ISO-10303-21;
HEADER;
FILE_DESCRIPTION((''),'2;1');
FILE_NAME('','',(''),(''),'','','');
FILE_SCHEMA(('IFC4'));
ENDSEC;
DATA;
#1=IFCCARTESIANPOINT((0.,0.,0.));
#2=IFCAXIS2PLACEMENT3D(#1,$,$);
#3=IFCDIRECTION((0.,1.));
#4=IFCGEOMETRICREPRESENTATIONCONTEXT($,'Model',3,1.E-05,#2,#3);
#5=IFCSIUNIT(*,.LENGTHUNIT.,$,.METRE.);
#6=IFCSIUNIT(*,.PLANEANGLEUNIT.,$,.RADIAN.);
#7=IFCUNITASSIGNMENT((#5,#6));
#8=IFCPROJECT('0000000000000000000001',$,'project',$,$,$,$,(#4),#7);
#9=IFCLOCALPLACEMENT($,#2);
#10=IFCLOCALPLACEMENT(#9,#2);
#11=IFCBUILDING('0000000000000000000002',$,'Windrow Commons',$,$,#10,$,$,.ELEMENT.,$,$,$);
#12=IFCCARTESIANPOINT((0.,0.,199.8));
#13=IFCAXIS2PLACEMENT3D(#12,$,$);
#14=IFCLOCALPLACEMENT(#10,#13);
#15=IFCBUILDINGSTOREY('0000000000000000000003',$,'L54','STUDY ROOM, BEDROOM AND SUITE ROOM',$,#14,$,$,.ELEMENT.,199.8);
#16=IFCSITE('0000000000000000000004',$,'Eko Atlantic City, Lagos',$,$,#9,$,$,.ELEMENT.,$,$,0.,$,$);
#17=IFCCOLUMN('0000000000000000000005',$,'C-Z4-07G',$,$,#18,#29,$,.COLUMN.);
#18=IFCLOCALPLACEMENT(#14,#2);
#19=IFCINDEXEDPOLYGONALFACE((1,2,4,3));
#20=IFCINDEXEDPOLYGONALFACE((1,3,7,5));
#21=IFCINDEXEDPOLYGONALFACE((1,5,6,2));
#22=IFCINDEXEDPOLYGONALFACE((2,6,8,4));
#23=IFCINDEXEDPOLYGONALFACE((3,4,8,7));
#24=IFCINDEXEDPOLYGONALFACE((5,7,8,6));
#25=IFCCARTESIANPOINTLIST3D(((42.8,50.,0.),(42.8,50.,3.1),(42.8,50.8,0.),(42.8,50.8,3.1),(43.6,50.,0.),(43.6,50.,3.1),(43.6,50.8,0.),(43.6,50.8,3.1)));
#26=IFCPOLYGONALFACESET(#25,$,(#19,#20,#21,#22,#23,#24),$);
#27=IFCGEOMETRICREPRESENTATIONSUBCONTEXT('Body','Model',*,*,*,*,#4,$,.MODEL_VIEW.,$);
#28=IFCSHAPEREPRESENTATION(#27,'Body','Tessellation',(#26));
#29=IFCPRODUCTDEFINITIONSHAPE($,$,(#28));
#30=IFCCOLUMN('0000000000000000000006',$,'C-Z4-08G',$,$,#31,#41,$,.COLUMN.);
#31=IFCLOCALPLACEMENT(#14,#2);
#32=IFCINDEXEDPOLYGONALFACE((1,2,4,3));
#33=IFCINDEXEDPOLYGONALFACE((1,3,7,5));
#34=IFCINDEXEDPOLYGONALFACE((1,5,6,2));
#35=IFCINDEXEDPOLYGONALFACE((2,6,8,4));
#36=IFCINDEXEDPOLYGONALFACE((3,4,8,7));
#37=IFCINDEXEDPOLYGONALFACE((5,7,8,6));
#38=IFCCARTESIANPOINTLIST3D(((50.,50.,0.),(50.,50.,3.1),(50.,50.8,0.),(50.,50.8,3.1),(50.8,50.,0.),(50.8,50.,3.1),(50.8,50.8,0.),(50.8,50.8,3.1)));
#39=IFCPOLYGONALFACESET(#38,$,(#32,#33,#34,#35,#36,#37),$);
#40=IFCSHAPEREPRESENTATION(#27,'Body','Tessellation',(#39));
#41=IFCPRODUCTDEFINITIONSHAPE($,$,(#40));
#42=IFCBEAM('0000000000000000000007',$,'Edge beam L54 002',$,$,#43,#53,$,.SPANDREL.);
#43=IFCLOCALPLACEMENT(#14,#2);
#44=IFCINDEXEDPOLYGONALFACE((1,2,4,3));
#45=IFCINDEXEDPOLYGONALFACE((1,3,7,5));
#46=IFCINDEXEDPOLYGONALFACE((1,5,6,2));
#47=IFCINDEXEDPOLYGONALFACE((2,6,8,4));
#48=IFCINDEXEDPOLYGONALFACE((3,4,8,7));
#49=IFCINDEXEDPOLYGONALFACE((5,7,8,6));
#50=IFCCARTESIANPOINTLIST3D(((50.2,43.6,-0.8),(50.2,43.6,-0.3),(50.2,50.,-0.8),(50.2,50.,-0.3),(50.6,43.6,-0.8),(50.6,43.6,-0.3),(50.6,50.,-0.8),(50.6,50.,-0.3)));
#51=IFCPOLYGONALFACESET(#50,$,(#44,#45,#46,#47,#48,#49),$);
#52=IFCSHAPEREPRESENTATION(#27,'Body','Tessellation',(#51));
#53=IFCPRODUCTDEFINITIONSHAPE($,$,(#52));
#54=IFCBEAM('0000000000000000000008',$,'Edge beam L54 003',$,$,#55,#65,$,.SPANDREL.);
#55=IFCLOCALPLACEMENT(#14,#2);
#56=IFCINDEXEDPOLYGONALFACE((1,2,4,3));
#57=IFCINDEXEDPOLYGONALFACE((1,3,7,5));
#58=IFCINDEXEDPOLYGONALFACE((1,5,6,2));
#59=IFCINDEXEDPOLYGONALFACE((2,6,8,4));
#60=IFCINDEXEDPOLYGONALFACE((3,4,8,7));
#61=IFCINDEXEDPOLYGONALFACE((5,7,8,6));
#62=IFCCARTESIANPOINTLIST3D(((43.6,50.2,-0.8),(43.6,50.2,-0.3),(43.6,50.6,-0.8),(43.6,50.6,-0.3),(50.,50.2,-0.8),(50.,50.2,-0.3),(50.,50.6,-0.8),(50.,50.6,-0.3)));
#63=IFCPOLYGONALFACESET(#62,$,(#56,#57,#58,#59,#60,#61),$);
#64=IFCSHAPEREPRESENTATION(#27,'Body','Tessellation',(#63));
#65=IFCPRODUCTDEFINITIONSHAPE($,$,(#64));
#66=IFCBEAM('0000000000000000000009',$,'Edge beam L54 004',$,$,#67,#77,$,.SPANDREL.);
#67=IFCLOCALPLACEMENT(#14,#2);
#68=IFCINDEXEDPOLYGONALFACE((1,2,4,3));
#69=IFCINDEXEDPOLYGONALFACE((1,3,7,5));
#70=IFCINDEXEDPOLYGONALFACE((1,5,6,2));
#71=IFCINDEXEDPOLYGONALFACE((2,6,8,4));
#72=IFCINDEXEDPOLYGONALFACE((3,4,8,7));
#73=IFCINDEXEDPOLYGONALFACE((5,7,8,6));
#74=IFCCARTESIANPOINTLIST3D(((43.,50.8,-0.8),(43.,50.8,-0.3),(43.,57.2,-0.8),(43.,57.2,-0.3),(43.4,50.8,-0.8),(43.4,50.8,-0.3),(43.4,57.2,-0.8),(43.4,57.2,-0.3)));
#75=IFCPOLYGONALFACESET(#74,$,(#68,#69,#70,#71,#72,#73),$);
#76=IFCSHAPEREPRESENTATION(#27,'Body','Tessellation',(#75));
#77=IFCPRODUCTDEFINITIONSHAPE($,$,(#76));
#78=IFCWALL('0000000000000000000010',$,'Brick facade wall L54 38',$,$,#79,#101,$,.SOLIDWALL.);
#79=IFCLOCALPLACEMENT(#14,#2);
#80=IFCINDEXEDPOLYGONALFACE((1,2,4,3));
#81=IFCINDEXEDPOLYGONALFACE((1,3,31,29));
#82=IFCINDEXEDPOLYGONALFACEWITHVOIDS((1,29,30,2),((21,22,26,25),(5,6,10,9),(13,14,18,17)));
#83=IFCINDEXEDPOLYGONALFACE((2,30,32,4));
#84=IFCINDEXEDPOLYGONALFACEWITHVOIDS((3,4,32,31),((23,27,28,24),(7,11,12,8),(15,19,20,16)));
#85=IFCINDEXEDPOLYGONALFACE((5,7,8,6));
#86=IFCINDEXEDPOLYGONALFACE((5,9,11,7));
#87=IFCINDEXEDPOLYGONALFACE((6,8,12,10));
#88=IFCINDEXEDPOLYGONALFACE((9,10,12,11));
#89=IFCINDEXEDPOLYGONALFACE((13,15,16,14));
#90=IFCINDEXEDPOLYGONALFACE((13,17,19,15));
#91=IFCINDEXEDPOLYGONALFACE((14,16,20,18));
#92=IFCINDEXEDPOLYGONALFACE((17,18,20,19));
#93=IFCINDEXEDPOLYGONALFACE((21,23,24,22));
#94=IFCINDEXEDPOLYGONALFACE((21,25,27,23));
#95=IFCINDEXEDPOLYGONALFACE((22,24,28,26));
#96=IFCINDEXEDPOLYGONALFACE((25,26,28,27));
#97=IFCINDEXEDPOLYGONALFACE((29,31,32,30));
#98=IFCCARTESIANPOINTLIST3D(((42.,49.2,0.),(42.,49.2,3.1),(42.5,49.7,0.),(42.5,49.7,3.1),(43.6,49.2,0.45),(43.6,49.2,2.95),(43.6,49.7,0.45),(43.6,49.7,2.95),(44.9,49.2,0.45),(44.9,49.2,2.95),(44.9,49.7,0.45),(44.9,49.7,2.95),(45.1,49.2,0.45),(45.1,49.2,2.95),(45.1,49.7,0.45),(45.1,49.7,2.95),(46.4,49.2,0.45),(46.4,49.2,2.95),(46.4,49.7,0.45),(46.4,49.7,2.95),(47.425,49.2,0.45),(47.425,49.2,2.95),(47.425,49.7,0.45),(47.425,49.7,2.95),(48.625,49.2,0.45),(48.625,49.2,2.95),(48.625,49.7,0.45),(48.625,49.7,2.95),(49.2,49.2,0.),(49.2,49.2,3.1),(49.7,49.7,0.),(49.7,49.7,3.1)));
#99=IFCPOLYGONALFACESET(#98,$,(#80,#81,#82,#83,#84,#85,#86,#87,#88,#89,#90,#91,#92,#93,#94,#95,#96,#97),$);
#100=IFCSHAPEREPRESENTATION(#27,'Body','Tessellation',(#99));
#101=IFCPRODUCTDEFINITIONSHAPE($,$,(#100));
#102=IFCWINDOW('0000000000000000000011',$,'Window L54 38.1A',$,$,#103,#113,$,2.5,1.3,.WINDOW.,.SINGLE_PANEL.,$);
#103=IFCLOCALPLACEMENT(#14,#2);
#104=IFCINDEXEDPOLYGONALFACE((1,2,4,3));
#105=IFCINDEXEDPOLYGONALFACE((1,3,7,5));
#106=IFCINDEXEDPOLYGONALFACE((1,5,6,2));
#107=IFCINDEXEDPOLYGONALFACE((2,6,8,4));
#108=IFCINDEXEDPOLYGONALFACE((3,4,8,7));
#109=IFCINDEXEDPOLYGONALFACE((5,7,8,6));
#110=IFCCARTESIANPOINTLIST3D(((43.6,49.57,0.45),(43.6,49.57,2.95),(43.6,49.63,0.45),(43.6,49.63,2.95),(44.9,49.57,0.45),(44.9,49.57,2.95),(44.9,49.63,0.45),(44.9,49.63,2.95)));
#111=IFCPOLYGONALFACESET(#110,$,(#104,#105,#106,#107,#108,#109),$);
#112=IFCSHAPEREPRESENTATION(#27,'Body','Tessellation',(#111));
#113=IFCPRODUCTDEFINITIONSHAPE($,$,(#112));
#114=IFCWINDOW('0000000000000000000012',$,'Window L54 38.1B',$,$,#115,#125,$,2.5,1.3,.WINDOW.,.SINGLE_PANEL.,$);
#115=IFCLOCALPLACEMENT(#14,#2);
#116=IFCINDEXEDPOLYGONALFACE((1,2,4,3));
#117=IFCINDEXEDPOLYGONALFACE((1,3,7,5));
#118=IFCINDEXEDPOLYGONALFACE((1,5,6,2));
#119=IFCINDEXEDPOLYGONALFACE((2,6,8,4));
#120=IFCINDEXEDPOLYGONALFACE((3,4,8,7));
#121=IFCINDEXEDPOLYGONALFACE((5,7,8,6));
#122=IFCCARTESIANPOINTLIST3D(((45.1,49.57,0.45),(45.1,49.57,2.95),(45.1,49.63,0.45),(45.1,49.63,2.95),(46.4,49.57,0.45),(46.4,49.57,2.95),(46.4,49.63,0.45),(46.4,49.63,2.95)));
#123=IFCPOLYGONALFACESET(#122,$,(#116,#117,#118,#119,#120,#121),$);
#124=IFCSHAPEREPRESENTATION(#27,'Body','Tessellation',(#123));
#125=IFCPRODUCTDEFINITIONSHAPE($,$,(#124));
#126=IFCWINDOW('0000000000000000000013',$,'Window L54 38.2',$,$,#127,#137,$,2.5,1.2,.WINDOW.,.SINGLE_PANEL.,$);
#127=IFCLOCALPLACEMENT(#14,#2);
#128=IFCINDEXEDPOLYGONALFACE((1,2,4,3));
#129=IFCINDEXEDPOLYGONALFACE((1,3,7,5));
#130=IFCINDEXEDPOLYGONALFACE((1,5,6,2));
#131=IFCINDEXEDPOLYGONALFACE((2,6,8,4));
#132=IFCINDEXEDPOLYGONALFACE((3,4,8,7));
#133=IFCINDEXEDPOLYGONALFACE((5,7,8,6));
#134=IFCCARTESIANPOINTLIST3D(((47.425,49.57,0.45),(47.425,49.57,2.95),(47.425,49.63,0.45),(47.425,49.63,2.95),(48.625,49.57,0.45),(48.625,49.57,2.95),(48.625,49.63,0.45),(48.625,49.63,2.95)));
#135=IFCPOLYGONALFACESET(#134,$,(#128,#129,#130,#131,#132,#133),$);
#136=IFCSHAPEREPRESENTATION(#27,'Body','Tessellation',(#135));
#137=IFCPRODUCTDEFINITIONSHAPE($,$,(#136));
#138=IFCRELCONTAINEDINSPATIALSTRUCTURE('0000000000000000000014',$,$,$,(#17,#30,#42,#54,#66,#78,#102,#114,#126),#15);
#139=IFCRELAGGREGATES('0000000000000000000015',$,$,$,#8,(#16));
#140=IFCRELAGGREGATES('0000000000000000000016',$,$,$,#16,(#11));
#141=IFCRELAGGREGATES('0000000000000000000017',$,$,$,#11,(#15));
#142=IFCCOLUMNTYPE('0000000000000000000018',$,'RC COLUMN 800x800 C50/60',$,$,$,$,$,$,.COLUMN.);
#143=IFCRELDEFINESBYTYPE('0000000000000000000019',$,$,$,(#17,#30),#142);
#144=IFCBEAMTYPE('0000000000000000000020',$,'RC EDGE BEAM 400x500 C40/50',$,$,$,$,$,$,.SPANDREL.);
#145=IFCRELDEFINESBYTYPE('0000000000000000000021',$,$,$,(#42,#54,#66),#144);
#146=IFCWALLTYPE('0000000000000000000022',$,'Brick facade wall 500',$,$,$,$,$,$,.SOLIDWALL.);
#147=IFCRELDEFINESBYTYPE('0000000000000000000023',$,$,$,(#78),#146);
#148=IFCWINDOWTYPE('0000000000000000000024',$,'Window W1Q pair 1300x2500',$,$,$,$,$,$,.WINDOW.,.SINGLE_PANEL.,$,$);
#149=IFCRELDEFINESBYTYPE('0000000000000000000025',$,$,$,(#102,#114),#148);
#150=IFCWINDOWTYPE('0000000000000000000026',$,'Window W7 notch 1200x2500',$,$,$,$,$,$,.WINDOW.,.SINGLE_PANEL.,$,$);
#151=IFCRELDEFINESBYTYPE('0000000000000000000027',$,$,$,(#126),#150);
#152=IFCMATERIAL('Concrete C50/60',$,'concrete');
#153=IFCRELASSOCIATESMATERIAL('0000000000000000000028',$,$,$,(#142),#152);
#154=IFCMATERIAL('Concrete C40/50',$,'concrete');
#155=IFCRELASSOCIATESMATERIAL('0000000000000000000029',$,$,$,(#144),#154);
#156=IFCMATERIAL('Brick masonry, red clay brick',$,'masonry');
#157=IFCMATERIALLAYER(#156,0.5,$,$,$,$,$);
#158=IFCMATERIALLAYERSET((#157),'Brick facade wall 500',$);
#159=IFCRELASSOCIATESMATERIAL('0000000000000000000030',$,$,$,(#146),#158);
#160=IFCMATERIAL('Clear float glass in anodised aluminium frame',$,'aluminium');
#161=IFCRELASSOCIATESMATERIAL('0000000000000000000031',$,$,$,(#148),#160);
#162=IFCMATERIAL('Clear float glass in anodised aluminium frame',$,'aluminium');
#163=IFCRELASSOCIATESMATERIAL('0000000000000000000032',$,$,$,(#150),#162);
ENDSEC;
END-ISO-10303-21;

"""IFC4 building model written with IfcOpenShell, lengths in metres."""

from ifc_helpers import new_model, si_unit, direction, frame, frame_2d, origin, origin_2d, place, context, subcontext, project, spatial, polyline, rectangle, outline, extrude, material, layer, layer_set, material_profile, profile_set, type_object, element, fill, save


model = new_model("IFC4")

# Units and contexts
model_context = context("Model", 3, precision=1e-05, world=origin(), true_north=direction((0.0, 1.0)))
body_context = subcontext(model_context, "Body", "Model", "MODEL_VIEW")
ifc_project = project(units=[si_unit("LENGTHUNIT", "METRE"), si_unit("PLANEANGLEUNIT", "RADIAN")], contexts=[model_context])

# Site, building, storey
site_placement = place(None, origin())
site = spatial("IfcSite", under=ifc_project, at=site_placement, Name="Eko Atlantic City, Lagos", CompositionType="ELEMENT", RefElevation=0.0)
building_placement = place(site_placement, origin())
building = spatial("IfcBuilding", under=site, at=building_placement, Name="Windrow Commons", CompositionType="ELEMENT")
storey_placement = place(building_placement, frame((0.0, 0.0, 199.8)))
storey = spatial("IfcBuildingStorey", under=building, at=storey_placement, Name="L54", Description="STUDY ROOM, BEDROOM AND SUITE ROOM", CompositionType="ELEMENT", Elevation=199.8)

# Columns
ifc_material_1 = material(Name="Concrete C50/60", Category="concrete")
ifc_material_profile_1 = material_profile(ifc_material_1, rectangle(XDim=0.8, YDim=0.8, at=origin_2d()))
ifc_profile_set_1 = profile_set([ifc_material_profile_1], Name="Concrete C50/60")
column_type = type_object("IfcColumnType", Name="RC COLUMN 800x800 C50/60", PredefinedType="COLUMN", material=ifc_profile_set_1)
for number, where, z_axis, x_axis, name in (
    (1, (43.2, 50.4, 0.0), (0.0, 0.0, 1.0), (1.0, 0.0, 0.0), "C-Z4-07G"),
    (2, (50.4, 50.4, 0.0), (0.0, 0.0, 1.0), (1.0, 0.0, 0.0), "C-Z4-08G"),
):
    element("IfcColumn", number, at=place(storey_placement, frame(where, z_axis=z_axis, x_axis=x_axis)), inside=storey, type_object=column_type, Name=name, PredefinedType="COLUMN", context=body_context, shape_type="SweptSolid", body=[
        extrude(rectangle(XDim=0.8, YDim=0.8, at=origin_2d()), origin(), (0.0, 0.0, 1.0), 3.1),
    ])

# Beams
ifc_material_2 = material(Name="Concrete C40/50", Category="concrete")
ifc_material_profile_2 = material_profile(ifc_material_2, rectangle(XDim=0.4, YDim=0.5, at=origin_2d()))
ifc_profile_set_2 = profile_set([ifc_material_profile_2], Name="Concrete C40/50")
beam_type = type_object("IfcBeamType", Name="RC EDGE BEAM 400x500 C40/50", PredefinedType="SPANDREL", material=ifc_profile_set_2)
for number, where, z_axis, x_axis, name in (
    (3, (50.4, 43.6, -0.55), (0.0, 1.0, 0.0), (-1.0, 0.0, 0.0), "Edge beam L54 002"),
    (4, (50.0, 50.4, -0.55), (-1.0, 0.0, 0.0), (0.0, -1.0, 0.0), "Edge beam L54 003"),
    (5, (43.2, 50.8, -0.55), (0.0, 1.0, 0.0), (-1.0, 0.0, 0.0), "Edge beam L54 004"),
):
    element("IfcBeam", number, at=place(storey_placement, frame(where, z_axis=z_axis, x_axis=x_axis)), inside=storey, type_object=beam_type, Name=name, PredefinedType="SPANDREL", context=body_context, shape_type="SweptSolid", body=[
        extrude(rectangle(XDim=0.4, YDim=0.5, at=origin_2d()), origin(), (0.0, 0.0, 1.0), 6.4),
    ])

# Wall, openings, windows
ifc_material_3 = material(Name="Brick masonry, red clay brick", Category="masonry")
ifc_layer_1 = layer(ifc_material_3, 0.5)
ifc_layer_set_1 = layer_set([ifc_layer_1], Name="Brick facade wall 500")
wall_type_1 = type_object("IfcWallType", Name="Brick facade wall 500", PredefinedType="SOLIDWALL", material=ifc_layer_set_1)
wall_1_placement = place(storey_placement, frame((42.25, 49.45, 0.0), z_axis=(0.0, 0.0, 1.0), x_axis=(1.0, 0.0, 0.0)))
wall_1 = element("IfcWall", 6, at=wall_1_placement, inside=storey, type_object=wall_type_1, Name="Brick facade wall L54 38", PredefinedType="SOLIDWALL", context=body_context, shape_type="SweptSolid", body=[
    extrude(outline(polyline([(-0.25, -0.25), (6.95, -0.25), (7.45, 0.25), (0.25, 0.25), (-0.25, -0.25)])), origin(), (0.0, 0.0, 1.0), 3.1),
])
opening_1_placement = place(wall_1_placement, frame((1.35, 0.0, 0.45)))
opening_1 = element("IfcOpeningElement", 7, at=opening_1_placement, cuts=wall_1, PredefinedType="OPENING", context=body_context, shape_type="SweptSolid", body=[
    extrude(rectangle(XDim=1.3, YDim=2.5, at=frame_2d((0.65, 1.25))), frame((0.0, 0.26, 0.0), z_axis=(0.0, -1.0, 0.0), x_axis=(1.0, 0.0, 0.0)), (0.0, 0.0, 1.0), 0.52),
])
opening_2_placement = place(wall_1_placement, frame((2.85, 0.0, 0.45)))
opening_2 = element("IfcOpeningElement", 8, at=opening_2_placement, cuts=wall_1, PredefinedType="OPENING", context=body_context, shape_type="SweptSolid", body=[
    extrude(rectangle(XDim=1.3, YDim=2.5, at=frame_2d((0.65, 1.25))), frame((0.0, 0.26, 0.0), z_axis=(0.0, -1.0, 0.0), x_axis=(1.0, 0.0, 0.0)), (0.0, 0.0, 1.0), 0.52),
])
opening_3_placement = place(wall_1_placement, frame((5.175, 0.0, 0.45)))
opening_3 = element("IfcOpeningElement", 9, at=opening_3_placement, cuts=wall_1, PredefinedType="OPENING", context=body_context, shape_type="SweptSolid", body=[
    extrude(rectangle(XDim=1.2, YDim=2.5, at=frame_2d((0.6, 1.25))), frame((0.0, 0.26, 0.0), z_axis=(0.0, -1.0, 0.0), x_axis=(1.0, 0.0, 0.0)), (0.0, 0.0, 1.0), 0.52),
])
ifc_material_4 = material(Name="Clear float glass in anodised aluminium frame", Category="aluminium")
window_type_1 = type_object("IfcWindowType", Name="Window W1Q pair 1300x2500", PartitioningType="SINGLE_PANEL", PredefinedType="WINDOW", material=ifc_material_4)
window_1_placement = place(opening_1_placement, origin())
window_1 = element("IfcWindow", 10, at=window_1_placement, inside=storey, type_object=window_type_1, Name="Window L54 38.1A", OverallHeight=2.5, OverallWidth=1.3, PartitioningType="SINGLE_PANEL", PredefinedType="WINDOW", context=body_context, shape_type="SweptSolid", body=[
    extrude(rectangle(XDim=1.3, YDim=2.5, at=frame_2d((0.65, 1.25))), frame((0.0, 0.18, 0.0), z_axis=(0.0, -1.0, 0.0), x_axis=(1.0, 0.0, 0.0)), (0.0, 0.0, 1.0), 0.06),
])
fill(opening_1, window_1)
window_2_placement = place(opening_2_placement, origin())
window_2 = element("IfcWindow", 11, at=window_2_placement, inside=storey, type_object=window_type_1, Name="Window L54 38.1B", OverallHeight=2.5, OverallWidth=1.3, PartitioningType="SINGLE_PANEL", PredefinedType="WINDOW", context=body_context, shape_type="SweptSolid", body=[
    extrude(rectangle(XDim=1.3, YDim=2.5, at=frame_2d((0.65, 1.25))), frame((0.0, 0.18, 0.0), z_axis=(0.0, -1.0, 0.0), x_axis=(1.0, 0.0, 0.0)), (0.0, 0.0, 1.0), 0.06),
])
fill(opening_2, window_2)
ifc_material_5 = material(Name="Clear float glass in anodised aluminium frame", Category="aluminium")
window_type_2 = type_object("IfcWindowType", Name="Window W7 notch 1200x2500", PartitioningType="SINGLE_PANEL", PredefinedType="WINDOW", material=ifc_material_5)
window_3_placement = place(opening_3_placement, origin())
window_3 = element("IfcWindow", 12, at=window_3_placement, inside=storey, type_object=window_type_2, Name="Window L54 38.2", OverallHeight=2.5, OverallWidth=1.2, PartitioningType="SINGLE_PANEL", PredefinedType="WINDOW", context=body_context, shape_type="SweptSolid", body=[
    extrude(rectangle(XDim=1.2, YDim=2.5, at=frame_2d((0.6, 1.25))), frame((0.0, 0.18, 0.0), z_axis=(0.0, -1.0, 0.0), x_axis=(1.0, 0.0, 0.0)), (0.0, 0.0, 1.0), 0.06),
])
fill(opening_3, window_3)

save(model, "model.ifc")
